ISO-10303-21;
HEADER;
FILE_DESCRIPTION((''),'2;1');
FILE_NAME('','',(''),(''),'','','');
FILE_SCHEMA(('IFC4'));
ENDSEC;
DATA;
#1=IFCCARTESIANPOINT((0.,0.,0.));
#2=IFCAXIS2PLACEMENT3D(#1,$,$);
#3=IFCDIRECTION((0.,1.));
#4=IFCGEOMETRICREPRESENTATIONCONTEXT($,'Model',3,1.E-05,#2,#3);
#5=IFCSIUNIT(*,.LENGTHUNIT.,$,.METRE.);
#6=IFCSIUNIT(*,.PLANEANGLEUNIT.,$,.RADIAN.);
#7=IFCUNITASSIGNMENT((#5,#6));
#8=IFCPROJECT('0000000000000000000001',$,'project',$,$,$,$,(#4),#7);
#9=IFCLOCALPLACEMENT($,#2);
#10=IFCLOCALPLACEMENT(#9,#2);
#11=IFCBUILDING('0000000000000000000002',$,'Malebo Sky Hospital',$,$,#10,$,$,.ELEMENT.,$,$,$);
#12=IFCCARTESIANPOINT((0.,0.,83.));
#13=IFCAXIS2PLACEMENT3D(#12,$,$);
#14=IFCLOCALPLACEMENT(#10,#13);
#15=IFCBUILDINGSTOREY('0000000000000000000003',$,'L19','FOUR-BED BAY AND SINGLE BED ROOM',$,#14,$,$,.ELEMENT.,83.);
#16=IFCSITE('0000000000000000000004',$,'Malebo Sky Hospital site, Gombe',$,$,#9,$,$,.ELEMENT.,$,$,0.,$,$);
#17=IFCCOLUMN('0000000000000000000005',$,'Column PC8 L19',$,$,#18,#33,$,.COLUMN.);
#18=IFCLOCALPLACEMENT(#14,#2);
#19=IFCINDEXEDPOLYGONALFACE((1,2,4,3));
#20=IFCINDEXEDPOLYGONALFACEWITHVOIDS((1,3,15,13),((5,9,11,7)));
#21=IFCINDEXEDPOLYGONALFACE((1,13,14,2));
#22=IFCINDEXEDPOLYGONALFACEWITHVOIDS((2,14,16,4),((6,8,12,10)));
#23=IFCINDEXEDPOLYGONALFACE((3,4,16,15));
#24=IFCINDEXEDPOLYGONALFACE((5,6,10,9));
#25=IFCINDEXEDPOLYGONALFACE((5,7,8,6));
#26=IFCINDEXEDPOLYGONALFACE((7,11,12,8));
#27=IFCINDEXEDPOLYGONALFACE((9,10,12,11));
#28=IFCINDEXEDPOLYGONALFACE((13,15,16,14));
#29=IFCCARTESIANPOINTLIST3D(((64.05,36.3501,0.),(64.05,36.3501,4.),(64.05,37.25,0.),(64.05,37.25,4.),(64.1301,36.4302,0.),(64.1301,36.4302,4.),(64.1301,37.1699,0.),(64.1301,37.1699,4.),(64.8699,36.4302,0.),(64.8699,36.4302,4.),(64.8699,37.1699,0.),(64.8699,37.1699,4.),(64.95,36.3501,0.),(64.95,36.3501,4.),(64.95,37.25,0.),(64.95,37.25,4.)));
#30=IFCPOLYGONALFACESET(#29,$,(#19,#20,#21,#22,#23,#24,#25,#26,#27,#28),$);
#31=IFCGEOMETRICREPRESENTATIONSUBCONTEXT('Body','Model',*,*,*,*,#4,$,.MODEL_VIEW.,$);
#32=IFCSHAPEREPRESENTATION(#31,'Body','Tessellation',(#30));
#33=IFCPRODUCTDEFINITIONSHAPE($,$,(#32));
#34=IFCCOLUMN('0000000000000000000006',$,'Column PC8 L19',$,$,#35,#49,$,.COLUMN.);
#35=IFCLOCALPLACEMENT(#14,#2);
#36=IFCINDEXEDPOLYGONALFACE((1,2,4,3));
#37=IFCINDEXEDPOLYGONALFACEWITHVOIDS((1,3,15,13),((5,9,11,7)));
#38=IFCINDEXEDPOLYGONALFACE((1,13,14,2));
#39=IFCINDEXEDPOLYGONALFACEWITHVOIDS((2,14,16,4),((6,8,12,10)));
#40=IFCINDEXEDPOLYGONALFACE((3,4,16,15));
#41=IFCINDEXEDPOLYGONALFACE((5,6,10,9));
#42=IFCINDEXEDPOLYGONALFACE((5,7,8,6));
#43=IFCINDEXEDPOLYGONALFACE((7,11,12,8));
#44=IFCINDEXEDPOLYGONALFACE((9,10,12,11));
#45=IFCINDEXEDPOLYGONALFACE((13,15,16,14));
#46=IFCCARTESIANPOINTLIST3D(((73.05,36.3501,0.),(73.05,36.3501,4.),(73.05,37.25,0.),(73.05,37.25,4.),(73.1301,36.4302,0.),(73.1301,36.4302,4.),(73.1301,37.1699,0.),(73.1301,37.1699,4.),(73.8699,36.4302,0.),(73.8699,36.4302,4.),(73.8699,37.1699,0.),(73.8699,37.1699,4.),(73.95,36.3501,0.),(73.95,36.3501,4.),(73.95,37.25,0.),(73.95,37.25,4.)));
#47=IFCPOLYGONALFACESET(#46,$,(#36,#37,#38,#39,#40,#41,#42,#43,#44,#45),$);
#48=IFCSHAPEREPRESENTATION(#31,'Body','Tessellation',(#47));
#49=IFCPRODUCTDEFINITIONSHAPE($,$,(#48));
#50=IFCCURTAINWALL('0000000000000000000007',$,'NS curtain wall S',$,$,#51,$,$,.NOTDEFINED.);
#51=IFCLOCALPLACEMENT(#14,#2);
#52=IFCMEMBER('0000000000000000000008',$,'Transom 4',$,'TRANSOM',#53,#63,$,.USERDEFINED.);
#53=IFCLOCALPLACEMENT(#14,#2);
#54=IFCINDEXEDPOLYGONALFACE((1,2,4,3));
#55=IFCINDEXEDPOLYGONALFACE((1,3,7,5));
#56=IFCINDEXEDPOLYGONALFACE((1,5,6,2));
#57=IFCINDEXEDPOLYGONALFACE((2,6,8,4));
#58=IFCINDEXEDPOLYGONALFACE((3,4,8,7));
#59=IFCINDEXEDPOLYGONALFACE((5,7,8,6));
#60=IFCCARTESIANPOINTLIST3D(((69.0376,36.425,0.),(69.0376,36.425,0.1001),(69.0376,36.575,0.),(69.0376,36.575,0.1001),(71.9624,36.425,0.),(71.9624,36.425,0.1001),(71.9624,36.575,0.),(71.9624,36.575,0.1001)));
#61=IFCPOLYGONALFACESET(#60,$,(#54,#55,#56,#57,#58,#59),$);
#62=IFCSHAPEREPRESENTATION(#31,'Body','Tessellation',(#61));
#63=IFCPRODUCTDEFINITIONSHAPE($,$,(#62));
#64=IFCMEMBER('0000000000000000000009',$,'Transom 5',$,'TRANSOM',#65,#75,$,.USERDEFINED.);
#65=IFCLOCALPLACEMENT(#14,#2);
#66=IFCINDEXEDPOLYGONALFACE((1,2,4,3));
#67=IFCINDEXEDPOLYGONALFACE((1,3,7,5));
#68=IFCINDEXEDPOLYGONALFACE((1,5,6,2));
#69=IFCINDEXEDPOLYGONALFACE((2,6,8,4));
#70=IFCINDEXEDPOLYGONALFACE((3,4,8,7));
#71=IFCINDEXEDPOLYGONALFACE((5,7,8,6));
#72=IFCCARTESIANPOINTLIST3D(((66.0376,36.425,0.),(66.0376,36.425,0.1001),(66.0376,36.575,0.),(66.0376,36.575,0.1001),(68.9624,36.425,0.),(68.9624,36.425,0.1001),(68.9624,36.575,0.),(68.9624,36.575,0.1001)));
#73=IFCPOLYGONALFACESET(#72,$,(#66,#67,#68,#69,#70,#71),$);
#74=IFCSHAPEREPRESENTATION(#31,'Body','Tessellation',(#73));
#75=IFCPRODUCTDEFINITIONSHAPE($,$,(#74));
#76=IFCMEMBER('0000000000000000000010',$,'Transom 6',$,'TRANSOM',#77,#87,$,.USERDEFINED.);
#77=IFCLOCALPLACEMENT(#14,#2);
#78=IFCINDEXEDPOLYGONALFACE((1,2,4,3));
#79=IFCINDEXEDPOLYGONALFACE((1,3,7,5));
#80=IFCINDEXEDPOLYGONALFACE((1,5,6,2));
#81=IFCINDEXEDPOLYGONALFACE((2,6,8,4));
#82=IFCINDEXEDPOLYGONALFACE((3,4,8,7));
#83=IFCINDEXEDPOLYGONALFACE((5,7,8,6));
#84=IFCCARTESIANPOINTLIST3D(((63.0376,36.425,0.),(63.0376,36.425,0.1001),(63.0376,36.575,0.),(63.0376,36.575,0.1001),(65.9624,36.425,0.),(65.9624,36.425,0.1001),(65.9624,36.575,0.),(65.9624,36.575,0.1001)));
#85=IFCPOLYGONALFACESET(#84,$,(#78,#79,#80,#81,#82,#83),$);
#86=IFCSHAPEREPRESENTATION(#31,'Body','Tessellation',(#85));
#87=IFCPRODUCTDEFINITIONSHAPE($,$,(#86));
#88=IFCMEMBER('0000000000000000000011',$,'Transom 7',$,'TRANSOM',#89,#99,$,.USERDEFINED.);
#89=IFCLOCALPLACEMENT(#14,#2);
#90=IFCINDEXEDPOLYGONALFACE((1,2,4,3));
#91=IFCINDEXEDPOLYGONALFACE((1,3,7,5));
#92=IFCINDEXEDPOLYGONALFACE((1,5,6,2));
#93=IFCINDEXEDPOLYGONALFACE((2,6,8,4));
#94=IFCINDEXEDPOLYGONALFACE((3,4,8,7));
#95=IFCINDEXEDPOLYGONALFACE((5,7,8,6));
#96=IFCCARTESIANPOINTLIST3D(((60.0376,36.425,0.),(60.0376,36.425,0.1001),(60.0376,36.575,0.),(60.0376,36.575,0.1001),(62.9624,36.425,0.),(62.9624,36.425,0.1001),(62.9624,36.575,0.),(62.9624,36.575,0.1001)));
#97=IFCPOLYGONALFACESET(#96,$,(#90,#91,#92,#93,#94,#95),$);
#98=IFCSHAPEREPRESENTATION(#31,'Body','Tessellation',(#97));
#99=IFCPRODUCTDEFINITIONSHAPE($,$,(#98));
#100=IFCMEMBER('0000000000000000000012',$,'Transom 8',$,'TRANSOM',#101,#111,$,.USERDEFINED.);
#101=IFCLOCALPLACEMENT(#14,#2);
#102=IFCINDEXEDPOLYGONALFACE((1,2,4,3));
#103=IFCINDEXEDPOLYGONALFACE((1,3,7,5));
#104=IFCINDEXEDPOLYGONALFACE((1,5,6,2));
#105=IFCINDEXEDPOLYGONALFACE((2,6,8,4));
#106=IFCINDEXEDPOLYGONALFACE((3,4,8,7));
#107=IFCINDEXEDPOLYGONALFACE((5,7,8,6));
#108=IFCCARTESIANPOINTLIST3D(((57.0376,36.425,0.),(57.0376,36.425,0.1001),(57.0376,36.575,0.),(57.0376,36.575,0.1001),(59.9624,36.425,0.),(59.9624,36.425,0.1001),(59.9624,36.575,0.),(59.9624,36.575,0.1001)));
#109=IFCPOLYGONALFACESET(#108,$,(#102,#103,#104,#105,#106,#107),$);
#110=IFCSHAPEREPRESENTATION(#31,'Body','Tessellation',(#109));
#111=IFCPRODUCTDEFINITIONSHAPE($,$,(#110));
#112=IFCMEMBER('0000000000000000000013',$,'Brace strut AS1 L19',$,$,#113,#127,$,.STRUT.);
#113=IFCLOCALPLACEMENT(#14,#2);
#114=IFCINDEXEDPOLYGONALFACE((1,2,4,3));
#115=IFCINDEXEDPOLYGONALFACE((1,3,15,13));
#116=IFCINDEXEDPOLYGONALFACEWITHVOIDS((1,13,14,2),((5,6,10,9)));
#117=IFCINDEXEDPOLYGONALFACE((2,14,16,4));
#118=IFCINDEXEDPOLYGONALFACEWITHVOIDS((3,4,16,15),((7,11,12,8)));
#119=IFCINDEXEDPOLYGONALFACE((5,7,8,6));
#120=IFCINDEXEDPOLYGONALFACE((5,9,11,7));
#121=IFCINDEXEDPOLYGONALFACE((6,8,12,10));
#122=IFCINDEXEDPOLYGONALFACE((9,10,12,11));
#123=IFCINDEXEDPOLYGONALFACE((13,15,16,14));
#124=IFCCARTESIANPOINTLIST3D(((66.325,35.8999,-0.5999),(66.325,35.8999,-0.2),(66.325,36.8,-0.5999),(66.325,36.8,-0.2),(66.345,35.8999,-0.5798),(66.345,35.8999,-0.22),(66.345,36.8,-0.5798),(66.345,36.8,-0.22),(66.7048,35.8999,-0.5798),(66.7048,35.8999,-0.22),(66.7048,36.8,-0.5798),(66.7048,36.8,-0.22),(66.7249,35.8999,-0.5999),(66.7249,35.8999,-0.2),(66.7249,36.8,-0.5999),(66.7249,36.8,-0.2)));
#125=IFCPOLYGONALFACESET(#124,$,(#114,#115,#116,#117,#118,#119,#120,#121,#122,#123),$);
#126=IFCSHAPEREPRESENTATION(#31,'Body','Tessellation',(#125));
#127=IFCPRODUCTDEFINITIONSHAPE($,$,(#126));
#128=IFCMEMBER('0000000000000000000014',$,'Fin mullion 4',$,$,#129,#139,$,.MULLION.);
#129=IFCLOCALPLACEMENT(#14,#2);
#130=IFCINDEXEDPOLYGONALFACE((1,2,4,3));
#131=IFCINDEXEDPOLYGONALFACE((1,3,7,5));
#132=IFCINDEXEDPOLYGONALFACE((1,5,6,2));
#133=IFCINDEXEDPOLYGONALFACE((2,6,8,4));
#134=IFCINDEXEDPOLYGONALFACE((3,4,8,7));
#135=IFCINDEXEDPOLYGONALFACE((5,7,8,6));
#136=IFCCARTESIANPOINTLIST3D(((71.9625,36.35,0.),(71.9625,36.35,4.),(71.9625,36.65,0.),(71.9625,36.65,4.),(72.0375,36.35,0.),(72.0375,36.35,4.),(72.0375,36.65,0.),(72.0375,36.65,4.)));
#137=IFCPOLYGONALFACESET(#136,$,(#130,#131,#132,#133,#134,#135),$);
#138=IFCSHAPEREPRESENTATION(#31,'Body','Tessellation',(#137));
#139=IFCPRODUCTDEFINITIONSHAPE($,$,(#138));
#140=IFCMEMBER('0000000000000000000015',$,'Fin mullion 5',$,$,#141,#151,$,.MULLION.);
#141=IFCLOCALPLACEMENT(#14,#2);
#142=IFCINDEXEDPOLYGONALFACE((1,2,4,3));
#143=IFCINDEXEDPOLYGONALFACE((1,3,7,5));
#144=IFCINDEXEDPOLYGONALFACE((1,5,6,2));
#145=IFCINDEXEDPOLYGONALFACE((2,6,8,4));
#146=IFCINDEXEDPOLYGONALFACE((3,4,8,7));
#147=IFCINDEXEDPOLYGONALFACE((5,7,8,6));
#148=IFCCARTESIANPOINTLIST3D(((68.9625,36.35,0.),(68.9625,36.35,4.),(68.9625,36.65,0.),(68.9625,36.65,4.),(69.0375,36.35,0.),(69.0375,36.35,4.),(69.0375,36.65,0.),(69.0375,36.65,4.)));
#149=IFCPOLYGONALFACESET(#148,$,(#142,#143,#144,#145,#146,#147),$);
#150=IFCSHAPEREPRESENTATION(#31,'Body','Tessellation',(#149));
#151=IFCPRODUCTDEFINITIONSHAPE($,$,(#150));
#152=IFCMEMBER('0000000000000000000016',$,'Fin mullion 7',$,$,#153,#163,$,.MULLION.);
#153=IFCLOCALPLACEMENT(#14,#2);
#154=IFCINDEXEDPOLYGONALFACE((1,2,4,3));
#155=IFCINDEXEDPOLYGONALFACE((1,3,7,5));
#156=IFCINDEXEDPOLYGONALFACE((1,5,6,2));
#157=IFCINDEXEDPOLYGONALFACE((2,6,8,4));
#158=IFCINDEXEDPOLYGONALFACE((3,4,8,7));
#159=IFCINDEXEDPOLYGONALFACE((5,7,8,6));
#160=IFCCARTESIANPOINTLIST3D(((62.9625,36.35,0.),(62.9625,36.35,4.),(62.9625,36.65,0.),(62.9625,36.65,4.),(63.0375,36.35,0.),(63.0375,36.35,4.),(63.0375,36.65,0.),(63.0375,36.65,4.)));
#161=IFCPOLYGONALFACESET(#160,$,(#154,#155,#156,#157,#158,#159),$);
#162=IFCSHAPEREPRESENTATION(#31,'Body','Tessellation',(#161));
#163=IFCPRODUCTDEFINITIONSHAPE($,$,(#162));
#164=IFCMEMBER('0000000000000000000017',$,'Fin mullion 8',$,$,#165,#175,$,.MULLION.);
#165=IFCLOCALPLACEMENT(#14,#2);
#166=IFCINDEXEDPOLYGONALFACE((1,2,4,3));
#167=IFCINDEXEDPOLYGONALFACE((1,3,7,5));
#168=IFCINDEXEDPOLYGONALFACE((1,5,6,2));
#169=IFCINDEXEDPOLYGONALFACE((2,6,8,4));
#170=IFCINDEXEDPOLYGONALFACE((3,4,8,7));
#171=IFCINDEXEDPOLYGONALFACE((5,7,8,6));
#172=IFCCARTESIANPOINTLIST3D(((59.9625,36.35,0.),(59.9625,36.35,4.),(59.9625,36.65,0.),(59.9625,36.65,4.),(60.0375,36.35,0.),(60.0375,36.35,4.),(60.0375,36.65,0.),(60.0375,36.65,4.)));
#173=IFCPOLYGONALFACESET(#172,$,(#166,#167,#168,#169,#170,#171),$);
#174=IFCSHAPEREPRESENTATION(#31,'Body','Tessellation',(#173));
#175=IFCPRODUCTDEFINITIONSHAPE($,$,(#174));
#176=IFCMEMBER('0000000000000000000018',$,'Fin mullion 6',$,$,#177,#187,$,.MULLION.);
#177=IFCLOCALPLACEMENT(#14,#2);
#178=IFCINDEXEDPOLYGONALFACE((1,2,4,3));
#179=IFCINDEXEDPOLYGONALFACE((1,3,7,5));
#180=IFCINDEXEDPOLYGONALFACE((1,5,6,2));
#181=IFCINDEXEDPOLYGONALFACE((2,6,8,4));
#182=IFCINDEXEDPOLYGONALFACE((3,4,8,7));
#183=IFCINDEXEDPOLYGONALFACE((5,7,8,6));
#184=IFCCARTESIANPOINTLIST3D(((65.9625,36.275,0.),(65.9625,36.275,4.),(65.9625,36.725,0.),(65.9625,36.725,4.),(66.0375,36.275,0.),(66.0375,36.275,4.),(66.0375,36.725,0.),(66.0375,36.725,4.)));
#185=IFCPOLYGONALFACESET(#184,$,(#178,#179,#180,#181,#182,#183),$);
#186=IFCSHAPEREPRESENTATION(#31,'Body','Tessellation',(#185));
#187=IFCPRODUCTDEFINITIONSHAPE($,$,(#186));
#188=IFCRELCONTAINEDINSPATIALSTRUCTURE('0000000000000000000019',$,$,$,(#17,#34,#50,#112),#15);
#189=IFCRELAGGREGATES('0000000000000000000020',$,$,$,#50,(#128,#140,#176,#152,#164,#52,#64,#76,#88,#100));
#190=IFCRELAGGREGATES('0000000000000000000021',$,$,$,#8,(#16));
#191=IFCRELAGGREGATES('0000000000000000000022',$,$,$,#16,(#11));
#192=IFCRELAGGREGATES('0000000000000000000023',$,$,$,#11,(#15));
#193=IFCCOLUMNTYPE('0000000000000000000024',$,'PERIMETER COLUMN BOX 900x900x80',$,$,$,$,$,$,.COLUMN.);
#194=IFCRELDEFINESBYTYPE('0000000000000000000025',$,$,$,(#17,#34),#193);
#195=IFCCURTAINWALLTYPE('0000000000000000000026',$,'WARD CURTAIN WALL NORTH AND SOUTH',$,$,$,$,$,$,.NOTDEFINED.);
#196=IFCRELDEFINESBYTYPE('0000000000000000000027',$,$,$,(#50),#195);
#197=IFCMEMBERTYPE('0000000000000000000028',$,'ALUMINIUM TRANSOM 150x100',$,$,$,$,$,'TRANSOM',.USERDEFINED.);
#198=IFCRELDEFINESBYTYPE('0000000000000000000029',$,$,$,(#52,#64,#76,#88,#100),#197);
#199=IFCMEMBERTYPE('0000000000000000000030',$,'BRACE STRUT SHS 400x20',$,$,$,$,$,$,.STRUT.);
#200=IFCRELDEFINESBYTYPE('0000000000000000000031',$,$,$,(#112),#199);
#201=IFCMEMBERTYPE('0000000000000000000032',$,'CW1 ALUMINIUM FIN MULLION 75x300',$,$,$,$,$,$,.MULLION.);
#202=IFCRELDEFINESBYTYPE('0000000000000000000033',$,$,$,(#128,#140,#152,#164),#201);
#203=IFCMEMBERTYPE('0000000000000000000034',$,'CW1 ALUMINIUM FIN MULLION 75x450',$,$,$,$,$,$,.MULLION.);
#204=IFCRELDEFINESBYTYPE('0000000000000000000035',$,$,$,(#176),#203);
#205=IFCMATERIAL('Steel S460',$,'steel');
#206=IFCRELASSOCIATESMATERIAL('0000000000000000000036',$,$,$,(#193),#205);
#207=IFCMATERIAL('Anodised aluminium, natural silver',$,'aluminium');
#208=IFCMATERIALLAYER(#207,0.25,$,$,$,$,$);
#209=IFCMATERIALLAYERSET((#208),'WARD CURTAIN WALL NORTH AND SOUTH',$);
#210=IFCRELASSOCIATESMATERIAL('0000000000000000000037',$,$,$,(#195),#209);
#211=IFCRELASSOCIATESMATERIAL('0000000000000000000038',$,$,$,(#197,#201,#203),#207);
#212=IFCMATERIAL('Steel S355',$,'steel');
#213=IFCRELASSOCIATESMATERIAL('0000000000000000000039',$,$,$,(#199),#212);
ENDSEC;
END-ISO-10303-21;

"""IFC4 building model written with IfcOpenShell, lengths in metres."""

from ifc_helpers import new_model, si_unit, direction, frame, origin, origin_2d, place, context, subcontext, project, spatial, rectangle, hollow_rectangle, extrude, material, layer, layer_set, material_profile, profile_set, type_object, element, aggregate, save


model = new_model("IFC4")

# Units and contexts
model_context = context("Model", 3, precision=1e-05, world=origin(), true_north=direction((0.0, 1.0)))
body_context = subcontext(model_context, "Body", "Model", "MODEL_VIEW")
ifc_project = project(units=[si_unit("LENGTHUNIT", "METRE"), si_unit("PLANEANGLEUNIT", "RADIAN")], contexts=[model_context])

# Site, building, storey
site_placement = place(None, origin())
site = spatial("IfcSite", under=ifc_project, at=site_placement, Name="Malebo Sky Hospital site, Gombe", CompositionType="ELEMENT", RefElevation=0.0)
building_placement = place(site_placement, origin())
building = spatial("IfcBuilding", under=site, at=building_placement, Name="Malebo Sky Hospital", CompositionType="ELEMENT")
storey_placement = place(building_placement, frame((0.0, 0.0, 83.0)))
storey = spatial("IfcBuildingStorey", under=building, at=storey_placement, Name="L19", Description="FOUR-BED BAY AND SINGLE BED ROOM", CompositionType="ELEMENT", Elevation=83.0)

# Columns
ifc_material_1 = material(Name="Steel S460", Category="steel")
ifc_material_profile_1 = material_profile(ifc_material_1, hollow_rectangle(XDim=0.8999, YDim=0.8999, WallThickness=0.0801, at=origin_2d()), Name="BOX 900x900x80")
ifc_profile_set_1 = profile_set([ifc_material_profile_1], Name="Steel S460")
column_type = type_object("IfcColumnType", Name="PERIMETER COLUMN BOX 900x900x80", PredefinedType="COLUMN", material=ifc_profile_set_1)
for number, where, z_axis, x_axis, name in (
    (1, (64.5, 36.8, 0.0), (0.0, 0.0, 1.0), (1.0, 0.0, 0.0), "Column PC8 L19"),
    (2, (73.5, 36.8, 0.0), (0.0, 0.0, 1.0), (1.0, 0.0, 0.0), "Column PC8 L19"),
):
    element("IfcColumn", number, at=place(storey_placement, frame(where, z_axis=z_axis, x_axis=x_axis)), inside=storey, type_object=column_type, Name=name, PredefinedType="COLUMN", context=body_context, shape_type="SweptSolid", body=[
        extrude(hollow_rectangle(XDim=0.8999, YDim=0.8999, WallThickness=0.0801, at=origin_2d()), origin(), (0.0, 0.0, 1.0), 4.0),
    ])

# Curtain wall, members
ifc_material_2 = material(Name="Anodised aluminium, natural silver", Category="aluminium")
ifc_layer_1 = layer(ifc_material_2, 0.25)
ifc_layer_set_1 = layer_set([ifc_layer_1], Name="WARD CURTAIN WALL NORTH AND SOUTH")
curtain_wall_type = type_object("IfcCurtainWallType", Name="WARD CURTAIN WALL NORTH AND SOUTH", PredefinedType="NOTDEFINED", material=ifc_layer_set_1)
curtain_wall_placement = place(storey_placement, origin())
curtain_wall = element("IfcCurtainWall", 3, at=curtain_wall_placement, inside=storey, type_object=curtain_wall_type, Name="NS curtain wall S", PredefinedType="NOTDEFINED")
ifc_material_profile_2 = material_profile(ifc_material_2, rectangle(XDim=0.1499, YDim=0.1001, at=origin_2d()), Name="ALUMINIUM TRANSOM 150x100")
ifc_profile_set_2 = profile_set([ifc_material_profile_2], Name="Anodised aluminium, natural silver")
member_type_1 = type_object("IfcMemberType", Name="ALUMINIUM TRANSOM 150x100", ElementType="TRANSOM", PredefinedType="USERDEFINED", material=ifc_profile_set_2)
member_1_placement = place(storey_placement, frame((71.9624, 36.5, 0.05), z_axis=(-1.0, 0.0, 0.0), x_axis=(0.0, -1.0, 0.0)))
member_1 = element("IfcMember", 4, at=member_1_placement, type_object=member_type_1, Name="Transom 4", ObjectType="TRANSOM", PredefinedType="USERDEFINED", context=body_context, shape_type="SweptSolid", body=[
    extrude(rectangle(XDim=0.1499, YDim=0.1001, at=origin_2d()), origin(), (0.0, 0.0, 1.0), 2.9248),
])
member_2_placement = place(storey_placement, frame((68.9624, 36.5, 0.05), z_axis=(-1.0, 0.0, 0.0), x_axis=(0.0, -1.0, 0.0)))
member_2 = element("IfcMember", 5, at=member_2_placement, type_object=member_type_1, Name="Transom 5", ObjectType="TRANSOM", PredefinedType="USERDEFINED", context=body_context, shape_type="SweptSolid", body=[
    extrude(rectangle(XDim=0.1499, YDim=0.1001, at=origin_2d()), origin(), (0.0, 0.0, 1.0), 2.9248),
])
member_3_placement = place(storey_placement, frame((65.9624, 36.5, 0.05), z_axis=(-1.0, 0.0, 0.0), x_axis=(0.0, -1.0, 0.0)))
member_3 = element("IfcMember", 6, at=member_3_placement, type_object=member_type_1, Name="Transom 6", ObjectType="TRANSOM", PredefinedType="USERDEFINED", context=body_context, shape_type="SweptSolid", body=[
    extrude(rectangle(XDim=0.1499, YDim=0.1001, at=origin_2d()), origin(), (0.0, 0.0, 1.0), 2.9248),
])
member_4_placement = place(storey_placement, frame((62.9624, 36.5, 0.05), z_axis=(-1.0, 0.0, 0.0), x_axis=(0.0, -1.0, 0.0)))
member_4 = element("IfcMember", 7, at=member_4_placement, type_object=member_type_1, Name="Transom 7", ObjectType="TRANSOM", PredefinedType="USERDEFINED", context=body_context, shape_type="SweptSolid", body=[
    extrude(rectangle(XDim=0.1499, YDim=0.1001, at=origin_2d()), origin(), (0.0, 0.0, 1.0), 2.9248),
])
member_5_placement = place(storey_placement, frame((59.9624, 36.5, 0.05), z_axis=(-1.0, 0.0, 0.0), x_axis=(0.0, -1.0, 0.0)))
member_5 = element("IfcMember", 8, at=member_5_placement, type_object=member_type_1, Name="Transom 8", ObjectType="TRANSOM", PredefinedType="USERDEFINED", context=body_context, shape_type="SweptSolid", body=[
    extrude(rectangle(XDim=0.1499, YDim=0.1001, at=origin_2d()), origin(), (0.0, 0.0, 1.0), 2.9248),
])

# Members
ifc_material_3 = material(Name="Steel S355", Category="steel")
ifc_material_profile_3 = material_profile(ifc_material_3, hollow_rectangle(XDim=0.3999, YDim=0.3999, WallThickness=0.02, at=origin_2d()), Name="SHS 400x20")
ifc_profile_set_3 = profile_set([ifc_material_profile_3], Name="Steel S355")
member_type_2 = type_object("IfcMemberType", Name="BRACE STRUT SHS 400x20", PredefinedType="STRUT", material=ifc_profile_set_3)
member_6_placement = place(storey_placement, frame((66.5249, 35.8999, -0.3999), z_axis=(0.0, 1.0, 0.0), x_axis=(-1.0, 0.0, 0.0)))
element("IfcMember", 9, at=member_6_placement, inside=storey, type_object=member_type_2, Name="Brace strut AS1 L19", PredefinedType="STRUT", context=body_context, shape_type="SweptSolid", body=[
    extrude(hollow_rectangle(XDim=0.3999, YDim=0.3999, WallThickness=0.02, at=origin_2d()), origin(), (0.0, 0.0, 1.0), 0.9001),
])
ifc_material_profile_4 = material_profile(ifc_material_2, rectangle(XDim=0.075, YDim=0.3, at=origin_2d()), Name="CW1 ALUMINIUM FIN MULLION 75x300")
ifc_profile_set_4 = profile_set([ifc_material_profile_4], Name="Anodised aluminium, natural silver")
member_type_3 = type_object("IfcMemberType", Name="CW1 ALUMINIUM FIN MULLION 75x300", PredefinedType="MULLION", material=ifc_profile_set_4)
member_7_placement = place(storey_placement, frame((72.0, 36.5, 0.0), z_axis=(0.0, 0.0, 1.0), x_axis=(-1.0, 0.0, 0.0)))
member_7 = element("IfcMember", 10, at=member_7_placement, type_object=member_type_3, Name="Fin mullion 4", PredefinedType="MULLION", context=body_context, shape_type="SweptSolid", body=[
    extrude(rectangle(XDim=0.075, YDim=0.3, at=origin_2d()), origin(), (0.0, 0.0, 1.0), 4.0),
])
member_8_placement = place(storey_placement, frame((69.0, 36.5, 0.0), z_axis=(0.0, 0.0, 1.0), x_axis=(-1.0, 0.0, 0.0)))
member_8 = element("IfcMember", 11, at=member_8_placement, type_object=member_type_3, Name="Fin mullion 5", PredefinedType="MULLION", context=body_context, shape_type="SweptSolid", body=[
    extrude(rectangle(XDim=0.075, YDim=0.3, at=origin_2d()), origin(), (0.0, 0.0, 1.0), 4.0),
])
member_9_placement = place(storey_placement, frame((63.0, 36.5, 0.0), z_axis=(0.0, 0.0, 1.0), x_axis=(-1.0, 0.0, 0.0)))
member_9 = element("IfcMember", 12, at=member_9_placement, type_object=member_type_3, Name="Fin mullion 7", PredefinedType="MULLION", context=body_context, shape_type="SweptSolid", body=[
    extrude(rectangle(XDim=0.075, YDim=0.3, at=origin_2d()), origin(), (0.0, 0.0, 1.0), 4.0),
])
member_10_placement = place(storey_placement, frame((60.0, 36.5, 0.0), z_axis=(0.0, 0.0, 1.0), x_axis=(-1.0, 0.0, 0.0)))
member_10 = element("IfcMember", 13, at=member_10_placement, type_object=member_type_3, Name="Fin mullion 8", PredefinedType="MULLION", context=body_context, shape_type="SweptSolid", body=[
    extrude(rectangle(XDim=0.075, YDim=0.3, at=origin_2d()), origin(), (0.0, 0.0, 1.0), 4.0),
])
ifc_material_profile_5 = material_profile(ifc_material_2, rectangle(XDim=0.075, YDim=0.45, at=origin_2d()), Name="CW1 ALUMINIUM FIN MULLION 75x450")
ifc_profile_set_5 = profile_set([ifc_material_profile_5], Name="Anodised aluminium, natural silver")
member_type_4 = type_object("IfcMemberType", Name="CW1 ALUMINIUM FIN MULLION 75x450", PredefinedType="MULLION", material=ifc_profile_set_5)
member_11_placement = place(storey_placement, frame((66.0, 36.5, 0.0), z_axis=(0.0, 0.0, 1.0), x_axis=(-1.0, 0.0, 0.0)))
member_11 = element("IfcMember", 14, at=member_11_placement, type_object=member_type_4, Name="Fin mullion 6", PredefinedType="MULLION", context=body_context, shape_type="SweptSolid", body=[
    extrude(rectangle(XDim=0.075, YDim=0.45, at=origin_2d()), origin(), (0.0, 0.0, 1.0), 4.0),
])

aggregate(curtain_wall, [member_7, member_8, member_11, member_9, member_10, member_1, member_2, member_3, member_4, member_5])

save(model, "model.ifc")
